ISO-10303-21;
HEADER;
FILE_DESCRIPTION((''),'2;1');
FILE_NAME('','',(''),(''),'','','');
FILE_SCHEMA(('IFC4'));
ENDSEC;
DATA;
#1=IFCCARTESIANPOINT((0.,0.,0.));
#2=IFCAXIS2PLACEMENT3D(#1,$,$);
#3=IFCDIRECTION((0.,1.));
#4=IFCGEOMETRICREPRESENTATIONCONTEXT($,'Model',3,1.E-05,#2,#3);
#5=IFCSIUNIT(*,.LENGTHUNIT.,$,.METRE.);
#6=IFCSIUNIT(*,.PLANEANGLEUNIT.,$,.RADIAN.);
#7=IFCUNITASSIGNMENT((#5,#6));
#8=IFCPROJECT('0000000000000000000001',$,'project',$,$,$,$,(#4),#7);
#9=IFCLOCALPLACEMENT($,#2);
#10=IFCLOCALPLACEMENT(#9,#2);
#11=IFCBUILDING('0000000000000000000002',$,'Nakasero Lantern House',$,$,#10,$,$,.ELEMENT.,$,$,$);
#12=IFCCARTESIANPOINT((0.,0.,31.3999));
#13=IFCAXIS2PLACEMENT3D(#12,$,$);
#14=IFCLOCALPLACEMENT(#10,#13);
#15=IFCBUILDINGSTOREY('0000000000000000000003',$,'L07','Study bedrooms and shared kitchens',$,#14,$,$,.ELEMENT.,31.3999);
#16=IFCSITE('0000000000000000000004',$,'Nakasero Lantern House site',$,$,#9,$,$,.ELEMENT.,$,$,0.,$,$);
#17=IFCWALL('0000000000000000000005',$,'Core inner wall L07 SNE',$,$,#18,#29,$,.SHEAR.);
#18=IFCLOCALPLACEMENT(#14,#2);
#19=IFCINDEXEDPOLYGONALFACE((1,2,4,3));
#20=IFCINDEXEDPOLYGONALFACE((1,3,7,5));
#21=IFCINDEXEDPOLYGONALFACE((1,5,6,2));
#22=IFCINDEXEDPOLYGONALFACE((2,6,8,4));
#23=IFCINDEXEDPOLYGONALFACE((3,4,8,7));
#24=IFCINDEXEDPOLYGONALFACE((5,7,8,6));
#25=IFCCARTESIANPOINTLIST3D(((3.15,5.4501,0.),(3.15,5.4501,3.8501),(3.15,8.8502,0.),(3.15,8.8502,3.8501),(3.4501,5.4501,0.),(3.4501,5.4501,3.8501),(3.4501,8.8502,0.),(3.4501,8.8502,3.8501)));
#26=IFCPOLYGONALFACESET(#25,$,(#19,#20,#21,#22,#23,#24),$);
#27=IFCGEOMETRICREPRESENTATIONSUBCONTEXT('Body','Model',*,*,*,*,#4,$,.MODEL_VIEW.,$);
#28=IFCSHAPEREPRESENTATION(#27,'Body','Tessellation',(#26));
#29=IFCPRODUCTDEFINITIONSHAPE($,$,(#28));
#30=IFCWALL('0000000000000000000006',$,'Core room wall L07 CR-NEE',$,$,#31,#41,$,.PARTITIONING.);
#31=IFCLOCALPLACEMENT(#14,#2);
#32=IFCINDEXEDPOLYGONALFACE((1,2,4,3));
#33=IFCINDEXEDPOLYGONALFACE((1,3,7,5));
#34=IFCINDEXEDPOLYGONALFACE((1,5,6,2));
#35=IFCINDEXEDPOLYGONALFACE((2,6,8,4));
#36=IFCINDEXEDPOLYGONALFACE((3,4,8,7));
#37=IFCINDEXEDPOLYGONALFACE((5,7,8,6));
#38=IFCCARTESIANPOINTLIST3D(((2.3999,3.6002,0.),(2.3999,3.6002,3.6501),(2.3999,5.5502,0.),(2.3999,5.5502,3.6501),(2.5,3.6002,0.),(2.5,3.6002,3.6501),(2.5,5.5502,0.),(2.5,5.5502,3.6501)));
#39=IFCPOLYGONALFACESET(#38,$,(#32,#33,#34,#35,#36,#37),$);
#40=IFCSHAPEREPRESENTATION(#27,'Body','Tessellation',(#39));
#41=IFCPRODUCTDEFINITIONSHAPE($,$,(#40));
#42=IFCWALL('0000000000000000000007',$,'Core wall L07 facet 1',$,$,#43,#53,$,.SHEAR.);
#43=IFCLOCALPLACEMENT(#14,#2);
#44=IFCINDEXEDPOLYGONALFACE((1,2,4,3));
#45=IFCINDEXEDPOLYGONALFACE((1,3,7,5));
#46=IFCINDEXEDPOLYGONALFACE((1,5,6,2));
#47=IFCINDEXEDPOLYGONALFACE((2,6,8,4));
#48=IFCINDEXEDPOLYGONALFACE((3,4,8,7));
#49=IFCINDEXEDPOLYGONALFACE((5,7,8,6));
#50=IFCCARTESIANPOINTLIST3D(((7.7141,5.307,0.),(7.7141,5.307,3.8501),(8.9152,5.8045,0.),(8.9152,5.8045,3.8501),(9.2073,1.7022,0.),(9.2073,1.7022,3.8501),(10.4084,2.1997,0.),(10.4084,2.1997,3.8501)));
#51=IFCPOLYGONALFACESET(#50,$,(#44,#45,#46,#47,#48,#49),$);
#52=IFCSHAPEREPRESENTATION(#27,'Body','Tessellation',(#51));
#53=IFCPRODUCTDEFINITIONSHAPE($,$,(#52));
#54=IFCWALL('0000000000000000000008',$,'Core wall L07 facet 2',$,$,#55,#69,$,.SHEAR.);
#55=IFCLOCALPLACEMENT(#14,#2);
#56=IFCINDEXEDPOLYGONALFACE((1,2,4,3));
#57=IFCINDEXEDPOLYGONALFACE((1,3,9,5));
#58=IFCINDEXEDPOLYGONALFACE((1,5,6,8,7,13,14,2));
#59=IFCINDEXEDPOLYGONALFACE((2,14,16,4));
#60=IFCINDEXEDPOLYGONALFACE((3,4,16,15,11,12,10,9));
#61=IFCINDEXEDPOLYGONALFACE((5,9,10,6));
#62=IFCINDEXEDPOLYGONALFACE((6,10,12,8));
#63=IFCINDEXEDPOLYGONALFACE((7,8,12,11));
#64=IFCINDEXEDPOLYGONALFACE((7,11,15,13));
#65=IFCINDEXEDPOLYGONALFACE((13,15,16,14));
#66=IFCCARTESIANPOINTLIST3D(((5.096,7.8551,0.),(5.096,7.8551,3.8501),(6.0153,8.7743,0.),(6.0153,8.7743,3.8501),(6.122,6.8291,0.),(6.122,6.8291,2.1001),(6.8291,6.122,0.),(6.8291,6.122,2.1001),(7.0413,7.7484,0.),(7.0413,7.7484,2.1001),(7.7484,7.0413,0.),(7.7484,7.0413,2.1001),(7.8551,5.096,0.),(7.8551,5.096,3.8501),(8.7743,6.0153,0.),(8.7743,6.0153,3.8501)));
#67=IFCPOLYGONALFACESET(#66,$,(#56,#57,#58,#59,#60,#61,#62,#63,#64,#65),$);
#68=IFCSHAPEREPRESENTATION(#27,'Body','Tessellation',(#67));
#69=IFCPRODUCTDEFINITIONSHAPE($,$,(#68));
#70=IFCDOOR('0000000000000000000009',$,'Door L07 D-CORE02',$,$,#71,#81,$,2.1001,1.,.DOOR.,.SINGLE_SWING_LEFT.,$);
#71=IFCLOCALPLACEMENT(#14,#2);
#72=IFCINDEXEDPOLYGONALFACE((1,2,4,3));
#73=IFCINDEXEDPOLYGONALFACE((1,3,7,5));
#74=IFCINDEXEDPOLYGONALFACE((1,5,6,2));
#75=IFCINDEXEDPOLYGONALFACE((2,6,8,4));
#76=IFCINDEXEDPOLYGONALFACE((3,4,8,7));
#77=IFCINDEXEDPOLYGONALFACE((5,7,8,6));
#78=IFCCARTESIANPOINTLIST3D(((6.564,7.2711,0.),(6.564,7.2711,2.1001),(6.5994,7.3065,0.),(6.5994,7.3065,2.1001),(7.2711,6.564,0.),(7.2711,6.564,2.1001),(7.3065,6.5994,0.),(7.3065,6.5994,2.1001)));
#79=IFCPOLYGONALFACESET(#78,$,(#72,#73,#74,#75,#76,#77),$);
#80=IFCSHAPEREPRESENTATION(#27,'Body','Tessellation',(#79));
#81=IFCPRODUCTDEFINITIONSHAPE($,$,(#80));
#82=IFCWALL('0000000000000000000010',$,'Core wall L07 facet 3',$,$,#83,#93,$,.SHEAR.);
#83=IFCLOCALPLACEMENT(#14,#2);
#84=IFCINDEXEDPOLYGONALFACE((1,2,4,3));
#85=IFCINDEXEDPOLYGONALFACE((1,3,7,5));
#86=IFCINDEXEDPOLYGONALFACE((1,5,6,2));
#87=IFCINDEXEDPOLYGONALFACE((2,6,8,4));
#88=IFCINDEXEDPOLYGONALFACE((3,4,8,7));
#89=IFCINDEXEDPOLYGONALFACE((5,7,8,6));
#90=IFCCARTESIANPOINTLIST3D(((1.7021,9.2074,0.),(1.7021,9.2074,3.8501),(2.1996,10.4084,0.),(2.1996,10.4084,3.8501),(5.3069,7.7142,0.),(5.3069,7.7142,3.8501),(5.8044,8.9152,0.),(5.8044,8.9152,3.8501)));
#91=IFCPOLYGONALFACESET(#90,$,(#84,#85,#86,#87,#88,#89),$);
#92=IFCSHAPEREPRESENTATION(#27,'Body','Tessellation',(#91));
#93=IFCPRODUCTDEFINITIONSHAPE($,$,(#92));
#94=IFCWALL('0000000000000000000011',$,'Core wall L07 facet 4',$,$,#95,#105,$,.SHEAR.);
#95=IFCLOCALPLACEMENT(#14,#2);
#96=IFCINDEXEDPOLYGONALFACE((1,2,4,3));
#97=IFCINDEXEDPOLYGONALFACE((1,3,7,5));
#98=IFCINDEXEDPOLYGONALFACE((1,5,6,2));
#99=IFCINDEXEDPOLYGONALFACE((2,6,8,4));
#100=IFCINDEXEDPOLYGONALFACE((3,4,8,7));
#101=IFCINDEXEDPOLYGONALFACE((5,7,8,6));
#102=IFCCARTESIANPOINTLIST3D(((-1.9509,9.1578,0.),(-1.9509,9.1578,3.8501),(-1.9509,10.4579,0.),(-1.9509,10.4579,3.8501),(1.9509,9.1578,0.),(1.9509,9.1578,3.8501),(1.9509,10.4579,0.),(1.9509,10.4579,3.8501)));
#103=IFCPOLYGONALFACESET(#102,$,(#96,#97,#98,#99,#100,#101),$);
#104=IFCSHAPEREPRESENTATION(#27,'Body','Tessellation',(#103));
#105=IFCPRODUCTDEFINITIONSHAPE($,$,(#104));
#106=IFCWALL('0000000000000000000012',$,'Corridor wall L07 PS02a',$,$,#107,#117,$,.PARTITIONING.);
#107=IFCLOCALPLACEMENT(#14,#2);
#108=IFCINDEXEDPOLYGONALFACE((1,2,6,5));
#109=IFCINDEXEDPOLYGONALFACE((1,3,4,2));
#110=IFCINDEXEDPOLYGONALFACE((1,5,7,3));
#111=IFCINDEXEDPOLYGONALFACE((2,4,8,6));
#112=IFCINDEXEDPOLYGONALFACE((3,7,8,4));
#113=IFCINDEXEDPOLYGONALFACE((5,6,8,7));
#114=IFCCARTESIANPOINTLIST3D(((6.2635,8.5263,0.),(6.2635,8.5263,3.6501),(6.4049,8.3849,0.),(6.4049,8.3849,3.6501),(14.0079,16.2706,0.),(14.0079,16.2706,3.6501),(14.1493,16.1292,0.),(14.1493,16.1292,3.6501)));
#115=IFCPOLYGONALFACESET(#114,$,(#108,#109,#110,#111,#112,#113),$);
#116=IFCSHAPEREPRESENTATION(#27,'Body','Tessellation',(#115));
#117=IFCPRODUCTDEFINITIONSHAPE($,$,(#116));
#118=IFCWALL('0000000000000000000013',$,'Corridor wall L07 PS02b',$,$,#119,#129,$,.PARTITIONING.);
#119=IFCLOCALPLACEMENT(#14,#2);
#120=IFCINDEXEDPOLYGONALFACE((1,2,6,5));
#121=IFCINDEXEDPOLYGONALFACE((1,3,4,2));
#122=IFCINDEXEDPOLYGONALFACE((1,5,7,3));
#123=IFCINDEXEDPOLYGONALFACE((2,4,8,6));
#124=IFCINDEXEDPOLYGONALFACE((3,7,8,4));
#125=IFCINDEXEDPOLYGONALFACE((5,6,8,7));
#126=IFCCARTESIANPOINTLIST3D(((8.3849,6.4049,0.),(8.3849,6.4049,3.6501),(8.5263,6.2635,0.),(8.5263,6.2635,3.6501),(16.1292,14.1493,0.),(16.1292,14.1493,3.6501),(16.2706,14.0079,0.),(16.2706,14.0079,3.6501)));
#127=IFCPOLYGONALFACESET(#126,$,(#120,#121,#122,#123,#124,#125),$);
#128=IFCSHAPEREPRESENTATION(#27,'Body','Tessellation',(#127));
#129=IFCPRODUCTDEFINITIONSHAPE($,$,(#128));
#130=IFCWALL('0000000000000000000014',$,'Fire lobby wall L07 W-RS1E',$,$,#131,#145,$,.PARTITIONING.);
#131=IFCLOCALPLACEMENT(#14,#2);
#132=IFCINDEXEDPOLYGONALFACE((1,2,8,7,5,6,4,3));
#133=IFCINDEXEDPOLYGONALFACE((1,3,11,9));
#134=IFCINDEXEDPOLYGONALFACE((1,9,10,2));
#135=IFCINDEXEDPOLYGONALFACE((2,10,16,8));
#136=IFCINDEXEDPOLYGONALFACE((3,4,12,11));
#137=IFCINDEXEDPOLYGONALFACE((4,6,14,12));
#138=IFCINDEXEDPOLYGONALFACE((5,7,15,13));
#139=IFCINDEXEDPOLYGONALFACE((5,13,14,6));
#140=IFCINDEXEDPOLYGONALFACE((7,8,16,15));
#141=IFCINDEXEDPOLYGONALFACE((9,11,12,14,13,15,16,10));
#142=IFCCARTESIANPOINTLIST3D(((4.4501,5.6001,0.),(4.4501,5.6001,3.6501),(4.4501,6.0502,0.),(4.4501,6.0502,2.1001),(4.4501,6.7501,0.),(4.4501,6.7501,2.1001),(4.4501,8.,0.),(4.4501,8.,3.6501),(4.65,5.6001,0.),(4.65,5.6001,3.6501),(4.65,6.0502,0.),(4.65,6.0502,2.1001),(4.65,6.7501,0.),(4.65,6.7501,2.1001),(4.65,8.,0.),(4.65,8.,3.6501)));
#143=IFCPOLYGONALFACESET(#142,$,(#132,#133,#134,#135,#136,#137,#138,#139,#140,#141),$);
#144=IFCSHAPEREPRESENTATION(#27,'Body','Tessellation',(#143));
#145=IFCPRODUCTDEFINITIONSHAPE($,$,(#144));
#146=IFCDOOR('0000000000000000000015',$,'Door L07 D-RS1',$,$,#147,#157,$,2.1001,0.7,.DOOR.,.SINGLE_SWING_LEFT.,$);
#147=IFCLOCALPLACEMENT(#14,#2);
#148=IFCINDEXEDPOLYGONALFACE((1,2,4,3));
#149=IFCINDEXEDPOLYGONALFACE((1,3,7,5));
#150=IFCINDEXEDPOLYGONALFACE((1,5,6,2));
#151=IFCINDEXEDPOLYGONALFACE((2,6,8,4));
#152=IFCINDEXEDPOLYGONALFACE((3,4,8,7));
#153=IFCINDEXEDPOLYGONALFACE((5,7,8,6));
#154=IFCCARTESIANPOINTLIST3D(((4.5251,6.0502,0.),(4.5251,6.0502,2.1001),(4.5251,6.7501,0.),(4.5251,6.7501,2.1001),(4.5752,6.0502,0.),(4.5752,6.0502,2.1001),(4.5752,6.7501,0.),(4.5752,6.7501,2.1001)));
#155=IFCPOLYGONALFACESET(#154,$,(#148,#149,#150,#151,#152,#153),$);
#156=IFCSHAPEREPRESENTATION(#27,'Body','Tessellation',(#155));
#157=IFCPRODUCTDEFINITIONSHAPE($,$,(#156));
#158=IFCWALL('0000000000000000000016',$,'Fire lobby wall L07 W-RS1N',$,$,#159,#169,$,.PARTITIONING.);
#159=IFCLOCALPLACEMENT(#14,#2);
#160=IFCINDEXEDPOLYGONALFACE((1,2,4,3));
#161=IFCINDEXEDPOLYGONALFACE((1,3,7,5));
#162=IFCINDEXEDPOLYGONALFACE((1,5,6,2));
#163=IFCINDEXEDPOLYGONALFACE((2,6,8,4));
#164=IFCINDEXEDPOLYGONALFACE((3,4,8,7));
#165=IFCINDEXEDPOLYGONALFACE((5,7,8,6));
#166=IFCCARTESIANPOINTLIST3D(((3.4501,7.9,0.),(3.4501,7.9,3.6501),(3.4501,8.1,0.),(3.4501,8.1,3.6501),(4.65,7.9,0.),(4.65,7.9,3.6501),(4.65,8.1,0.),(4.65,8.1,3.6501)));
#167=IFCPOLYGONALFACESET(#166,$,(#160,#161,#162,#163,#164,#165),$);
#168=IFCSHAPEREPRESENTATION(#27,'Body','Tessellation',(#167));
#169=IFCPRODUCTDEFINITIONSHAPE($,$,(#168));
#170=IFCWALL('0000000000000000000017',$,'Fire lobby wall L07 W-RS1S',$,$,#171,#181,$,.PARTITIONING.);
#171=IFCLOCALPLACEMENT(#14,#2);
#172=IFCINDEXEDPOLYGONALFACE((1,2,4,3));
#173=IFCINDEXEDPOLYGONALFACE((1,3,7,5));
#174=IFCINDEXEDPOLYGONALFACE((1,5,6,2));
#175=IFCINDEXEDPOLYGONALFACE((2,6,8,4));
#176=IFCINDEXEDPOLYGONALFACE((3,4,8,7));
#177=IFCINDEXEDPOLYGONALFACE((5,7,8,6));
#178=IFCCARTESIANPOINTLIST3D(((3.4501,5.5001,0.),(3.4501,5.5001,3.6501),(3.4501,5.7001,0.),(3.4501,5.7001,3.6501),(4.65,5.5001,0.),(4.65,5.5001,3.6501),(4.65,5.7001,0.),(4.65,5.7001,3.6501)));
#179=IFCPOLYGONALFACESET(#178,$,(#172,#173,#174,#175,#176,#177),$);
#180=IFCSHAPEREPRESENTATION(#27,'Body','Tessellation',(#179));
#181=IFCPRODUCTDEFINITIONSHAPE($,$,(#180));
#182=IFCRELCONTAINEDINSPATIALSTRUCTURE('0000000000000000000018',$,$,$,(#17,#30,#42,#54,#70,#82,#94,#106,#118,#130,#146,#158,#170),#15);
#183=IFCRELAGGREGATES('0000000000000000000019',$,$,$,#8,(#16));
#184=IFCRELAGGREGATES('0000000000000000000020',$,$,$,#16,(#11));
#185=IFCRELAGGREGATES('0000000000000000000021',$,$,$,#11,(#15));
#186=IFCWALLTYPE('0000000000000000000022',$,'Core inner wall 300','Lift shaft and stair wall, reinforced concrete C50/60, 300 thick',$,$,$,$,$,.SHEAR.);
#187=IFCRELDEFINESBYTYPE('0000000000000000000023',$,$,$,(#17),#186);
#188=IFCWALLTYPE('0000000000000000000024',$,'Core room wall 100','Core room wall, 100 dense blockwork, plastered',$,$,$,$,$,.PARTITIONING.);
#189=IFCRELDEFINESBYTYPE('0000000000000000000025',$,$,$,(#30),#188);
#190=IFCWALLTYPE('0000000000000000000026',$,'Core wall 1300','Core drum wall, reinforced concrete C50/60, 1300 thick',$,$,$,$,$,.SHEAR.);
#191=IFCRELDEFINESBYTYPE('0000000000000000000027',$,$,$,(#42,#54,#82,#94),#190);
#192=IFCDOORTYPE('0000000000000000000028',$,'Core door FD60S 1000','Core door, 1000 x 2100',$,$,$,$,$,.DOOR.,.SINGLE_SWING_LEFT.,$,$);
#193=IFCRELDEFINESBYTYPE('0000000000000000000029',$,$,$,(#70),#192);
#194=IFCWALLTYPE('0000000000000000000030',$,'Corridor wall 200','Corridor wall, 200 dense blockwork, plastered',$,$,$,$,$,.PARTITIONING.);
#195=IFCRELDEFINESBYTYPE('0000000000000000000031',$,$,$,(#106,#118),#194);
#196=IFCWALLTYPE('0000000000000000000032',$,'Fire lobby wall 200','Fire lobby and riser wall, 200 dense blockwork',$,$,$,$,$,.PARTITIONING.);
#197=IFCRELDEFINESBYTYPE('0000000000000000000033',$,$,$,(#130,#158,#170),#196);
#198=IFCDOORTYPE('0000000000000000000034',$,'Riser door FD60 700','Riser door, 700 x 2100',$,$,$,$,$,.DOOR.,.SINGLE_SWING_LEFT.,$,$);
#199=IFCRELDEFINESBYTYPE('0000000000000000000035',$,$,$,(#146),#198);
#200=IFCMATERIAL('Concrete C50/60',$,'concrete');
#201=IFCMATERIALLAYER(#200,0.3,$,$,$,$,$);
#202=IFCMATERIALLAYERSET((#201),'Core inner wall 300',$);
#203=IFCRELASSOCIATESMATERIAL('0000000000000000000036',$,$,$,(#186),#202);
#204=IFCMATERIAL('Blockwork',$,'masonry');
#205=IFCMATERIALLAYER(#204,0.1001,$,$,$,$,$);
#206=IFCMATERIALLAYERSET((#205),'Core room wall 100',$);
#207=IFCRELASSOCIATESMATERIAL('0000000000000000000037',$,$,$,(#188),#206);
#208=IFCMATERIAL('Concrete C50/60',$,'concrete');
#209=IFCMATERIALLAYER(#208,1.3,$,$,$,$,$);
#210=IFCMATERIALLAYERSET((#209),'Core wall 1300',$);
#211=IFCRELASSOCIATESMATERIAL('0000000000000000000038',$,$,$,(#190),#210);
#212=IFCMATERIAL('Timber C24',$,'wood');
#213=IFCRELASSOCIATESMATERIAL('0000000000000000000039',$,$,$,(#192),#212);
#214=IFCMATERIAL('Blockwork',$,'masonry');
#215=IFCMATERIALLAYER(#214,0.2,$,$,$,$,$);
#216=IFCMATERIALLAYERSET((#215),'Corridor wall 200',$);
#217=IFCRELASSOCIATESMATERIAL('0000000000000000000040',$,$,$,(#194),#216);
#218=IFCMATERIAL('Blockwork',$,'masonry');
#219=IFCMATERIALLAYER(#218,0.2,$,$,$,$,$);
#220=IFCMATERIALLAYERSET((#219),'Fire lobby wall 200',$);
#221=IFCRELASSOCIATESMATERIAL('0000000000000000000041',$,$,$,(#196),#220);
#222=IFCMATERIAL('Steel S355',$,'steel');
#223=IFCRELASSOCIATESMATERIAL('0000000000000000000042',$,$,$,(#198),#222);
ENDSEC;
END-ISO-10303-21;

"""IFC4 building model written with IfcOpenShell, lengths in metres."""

from ifc_helpers import new_model, si_unit, direction, frame, frame_2d, origin, place, context, subcontext, project, spatial, rectangle, extrude, material, layer, layer_set, type_object, element, fill, save


model = new_model("IFC4")

# Units and contexts
model_context = context("Model", 3, precision=1e-05, world=origin(), true_north=direction((0.0, 1.0)))
body_context = subcontext(model_context, "Body", "Model", "MODEL_VIEW")
ifc_project = project(units=[si_unit("LENGTHUNIT", "METRE"), si_unit("PLANEANGLEUNIT", "RADIAN")], contexts=[model_context])

# Site, building, storey
site_placement = place(None, origin())
site = spatial("IfcSite", under=ifc_project, at=site_placement, Name="Nakasero Lantern House site", CompositionType="ELEMENT", RefElevation=0.0)
building_placement = place(site_placement, origin())
building = spatial("IfcBuilding", under=site, at=building_placement, Name="Nakasero Lantern House", CompositionType="ELEMENT")
storey_placement = place(building_placement, frame((0.0, 0.0, 31.3999)))
storey = spatial("IfcBuildingStorey", under=building, at=storey_placement, Name="L07", Description="Study bedrooms and shared kitchens", CompositionType="ELEMENT", Elevation=31.3999)

# Walls
ifc_material_1 = material(Name="Concrete C50/60", Category="concrete")
ifc_layer_1 = layer(ifc_material_1, 0.3)
ifc_layer_set_1 = layer_set([ifc_layer_1], Name="Core inner wall 300")
wall_type_1 = type_object("IfcWallType", Name="Core inner wall 300", Description="Lift shaft and stair wall, reinforced concrete C50/60, 300 thick", PredefinedType="SHEAR", material=ifc_layer_set_1)
wall_1_placement = place(storey_placement, frame((3.3, 5.45, 0.0), z_axis=(0.0, 0.0, 1.0), x_axis=(0.0, 1.0, 0.0)))
element("IfcWall", 1, at=wall_1_placement, inside=storey, type_object=wall_type_1, Name="Core inner wall L07 SNE", PredefinedType="SHEAR", context=body_context, shape_type="SweptSolid", body=[
    extrude(rectangle(XDim=3.4001, YDim=0.3, at=frame_2d((1.7002, 0.0))), origin(), (0.0, 0.0, 1.0), 3.8501),
])
ifc_material_2 = material(Name="Blockwork", Category="masonry")
ifc_layer_2 = layer(ifc_material_2, 0.1001)
ifc_layer_set_2 = layer_set([ifc_layer_2], Name="Core room wall 100")
wall_type_2 = type_object("IfcWallType", Name="Core room wall 100", Description="Core room wall, 100 dense blockwork, plastered", PredefinedType="PARTITIONING", material=ifc_layer_set_2)
wall_2_placement = place(storey_placement, frame((2.45, 3.6001, 0.0), z_axis=(0.0, 0.0, 1.0), x_axis=(0.0, 1.0, 0.0)))
element("IfcWall", 2, at=wall_2_placement, inside=storey, type_object=wall_type_2, Name="Core room wall L07 CR-NEE", PredefinedType="PARTITIONING", context=body_context, shape_type="SweptSolid", body=[
    extrude(rectangle(XDim=1.95, YDim=0.1001, at=frame_2d((0.9751, 0.0))), origin(), (0.0, 0.0, 1.0), 3.6501),
])
ifc_material_3 = material(Name="Concrete C50/60", Category="concrete")
ifc_layer_3 = layer(ifc_material_3, 1.3)
ifc_layer_set_3 = layer_set([ifc_layer_3], Name="Core wall 1300")
wall_type_3 = type_object("IfcWallType", Name="Core wall 1300", Description="Core drum wall, reinforced concrete C50/60, 1300 thick", PredefinedType="SHEAR", material=ifc_layer_set_3)
wall_3_placement = place(storey_placement, frame((9.8079, 1.9509, 0.0), z_axis=(0.0, 0.0, 1.0), x_axis=(-0.382691, 0.923877, 0.0)))
element("IfcWall", 3, at=wall_3_placement, inside=storey, type_object=wall_type_3, Name="Core wall L07 facet 1", PredefinedType="SHEAR", context=body_context, shape_type="SweptSolid", body=[
    extrude(rectangle(XDim=3.9019, YDim=1.3, at=frame_2d((1.9509, 0.0))), origin(), (0.0, 0.0, 1.0), 3.8501),
])

# Wall, opening, door
wall_4_placement = place(storey_placement, frame((8.3147, 5.5557, 0.0), z_axis=(0.0, 0.0, 1.0), x_axis=(-0.707107, 0.707107, 0.0)))
wall_4 = element("IfcWall", 4, at=wall_4_placement, inside=storey, type_object=wall_type_3, Name="Core wall L07 facet 2", PredefinedType="SHEAR", context=body_context, shape_type="SweptSolid", body=[
    extrude(rectangle(XDim=3.9019, YDim=1.3, at=frame_2d((1.9509, 0.0))), origin(), (0.0, 0.0, 1.0), 3.8501),
])
opening_1_placement = place(wall_4_placement, frame((1.4509, 0.0, 0.0)))
opening_1 = element("IfcOpeningElement", 5, at=opening_1_placement, cuts=wall_4, PredefinedType="OPENING", context=body_context, shape_type="SweptSolid", body=[
    extrude(rectangle(XDim=1.0, YDim=2.1001, at=frame_2d((0.5, 1.05))), frame((0.0, 0.6699, 0.0), z_axis=(0.0, -1.0, 0.0), x_axis=(1.0, 0.0, 0.0)), (0.0, 0.0, 1.0), 1.3401),
])
ifc_material_4 = material(Name="Timber C24", Category="wood")
door_type_1 = type_object("IfcDoorType", Name="Core door FD60S 1000", Description="Core door, 1000 x 2100", OperationType="SINGLE_SWING_LEFT", PredefinedType="DOOR", material=ifc_material_4)
door_1_placement = place(opening_1_placement, origin())
door_1 = element("IfcDoor", 6, at=door_1_placement, inside=storey, type_object=door_type_1, Name="Door L07 D-CORE02", OperationType="SINGLE_SWING_LEFT", OverallHeight=2.1001, OverallWidth=1.0, PredefinedType="DOOR", context=body_context, shape_type="SweptSolid", body=[
    extrude(rectangle(XDim=1.0, YDim=2.1001, at=frame_2d((0.5, 1.05))), frame((0.0, 0.0249, 0.0), z_axis=(0.0, -1.0, 0.0), x_axis=(1.0, 0.0, 0.0)), (0.0, 0.0, 1.0), 0.05),
])
fill(opening_1, door_1)

# Walls
for number, where, z_axis, x_axis, name in (
    (7, (5.5557, 8.3147, 0.0), (0.0, 0.0, 1.0), (-0.923877, 0.382691, 0.0), "Core wall L07 facet 3"),
    (8, (1.9509, 9.8079, 0.0), (0.0, 0.0, 1.0), (-1.0, 0.0, 0.0), "Core wall L07 facet 4"),
):
    element("IfcWall", number, at=place(storey_placement, frame(where, z_axis=z_axis, x_axis=x_axis)), inside=storey, type_object=wall_type_3, Name=name, PredefinedType="SHEAR", context=body_context, shape_type="SweptSolid", body=[
        extrude(rectangle(XDim=3.9019, YDim=1.3, at=frame_2d((1.9509, 0.0))), origin(), (0.0, 0.0, 1.0), 3.8501),
    ])
ifc_material_5 = material(Name="Blockwork", Category="masonry")
ifc_layer_4 = layer(ifc_material_5, 0.2)
ifc_layer_set_4 = layer_set([ifc_layer_4], Name="Corridor wall 200")
wall_type_4 = type_object("IfcWallType", Name="Corridor wall 200", Description="Corridor wall, 200 dense blockwork, plastered", PredefinedType="PARTITIONING", material=ifc_layer_set_4)
for number, where, z_axis, x_axis, name in (
    (9, (6.3342, 8.4556, 0.0), (0.0, 0.0, 1.0), (0.707107, 0.707107, 0.0), "Corridor wall L07 PS02a"),
    (10, (8.4556, 6.3342, 0.0), (0.0, 0.0, 1.0), (0.707107, 0.707107, 0.0), "Corridor wall L07 PS02b"),
):
    element("IfcWall", number, at=place(storey_placement, frame(where, z_axis=z_axis, x_axis=x_axis)), inside=storey, type_object=wall_type_4, Name=name, PredefinedType="PARTITIONING", context=body_context, shape_type="SweptSolid", body=[
        extrude(rectangle(XDim=10.9521, YDim=0.2, at=frame_2d((5.4761, 0.0))), origin(), (0.0, 0.0, 1.0), 3.6501),
    ])

# Wall, opening, door
ifc_material_6 = material(Name="Blockwork", Category="masonry")
ifc_layer_5 = layer(ifc_material_6, 0.2)
ifc_layer_set_5 = layer_set([ifc_layer_5], Name="Fire lobby wall 200")
wall_type_5 = type_object("IfcWallType", Name="Fire lobby wall 200", Description="Fire lobby and riser wall, 200 dense blockwork", PredefinedType="PARTITIONING", material=ifc_layer_set_5)
wall_5_placement = place(storey_placement, frame((4.55, 5.6001, 0.0), z_axis=(0.0, 0.0, 1.0), x_axis=(0.0, 1.0, 0.0)))
wall_5 = element("IfcWall", 11, at=wall_5_placement, inside=storey, type_object=wall_type_5, Name="Fire lobby wall L07 W-RS1E", PredefinedType="PARTITIONING", context=body_context, shape_type="SweptSolid", body=[
    extrude(rectangle(XDim=2.3999, YDim=0.2, at=frame_2d((1.2, 0.0))), origin(), (0.0, 0.0, 1.0), 3.6501),
])
opening_2_placement = place(wall_5_placement, frame((0.45, 0.0, 0.0)))
opening_2 = element("IfcOpeningElement", 12, at=opening_2_placement, cuts=wall_5, PredefinedType="OPENING", context=body_context, shape_type="SweptSolid", body=[
    extrude(rectangle(XDim=0.7, YDim=2.1001, at=frame_2d((0.3501, 1.05))), frame((0.0, 0.1199, 0.0), z_axis=(0.0, -1.0, 0.0), x_axis=(1.0, 0.0, 0.0)), (0.0, 0.0, 1.0), 0.24),
])
ifc_material_7 = material(Name="Steel S355", Category="steel")
door_type_2 = type_object("IfcDoorType", Name="Riser door FD60 700", Description="Riser door, 700 x 2100", OperationType="SINGLE_SWING_LEFT", PredefinedType="DOOR", material=ifc_material_7)
door_2_placement = place(opening_2_placement, origin())
door_2 = element("IfcDoor", 13, at=door_2_placement, inside=storey, type_object=door_type_2, Name="Door L07 D-RS1", OperationType="SINGLE_SWING_LEFT", OverallHeight=2.1001, OverallWidth=0.7, PredefinedType="DOOR", context=body_context, shape_type="SweptSolid", body=[
    extrude(rectangle(XDim=0.7, YDim=2.1001, at=frame_2d((0.3501, 1.05))), frame((0.0, 0.0249, 0.0), z_axis=(0.0, -1.0, 0.0), x_axis=(1.0, 0.0, 0.0)), (0.0, 0.0, 1.0), 0.05),
])
fill(opening_2, door_2)

# Walls
for number, where, z_axis, x_axis, name in (
    (14, (3.45, 8.0, 0.0), (0.0, 0.0, 1.0), (1.0, 0.0, 0.0), "Fire lobby wall L07 W-RS1N"),
    (15, (3.45, 5.6001, 0.0), (0.0, 0.0, 1.0), (1.0, 0.0, 0.0), "Fire lobby wall L07 W-RS1S"),
):
    element("IfcWall", number, at=place(storey_placement, frame(where, z_axis=z_axis, x_axis=x_axis)), inside=storey, type_object=wall_type_5, Name=name, PredefinedType="PARTITIONING", context=body_context, shape_type="SweptSolid", body=[
        extrude(rectangle(XDim=1.2, YDim=0.2, at=frame_2d((0.6001, 0.0))), origin(), (0.0, 0.0, 1.0), 3.6501),
    ])

save(model, "model.ifc")
